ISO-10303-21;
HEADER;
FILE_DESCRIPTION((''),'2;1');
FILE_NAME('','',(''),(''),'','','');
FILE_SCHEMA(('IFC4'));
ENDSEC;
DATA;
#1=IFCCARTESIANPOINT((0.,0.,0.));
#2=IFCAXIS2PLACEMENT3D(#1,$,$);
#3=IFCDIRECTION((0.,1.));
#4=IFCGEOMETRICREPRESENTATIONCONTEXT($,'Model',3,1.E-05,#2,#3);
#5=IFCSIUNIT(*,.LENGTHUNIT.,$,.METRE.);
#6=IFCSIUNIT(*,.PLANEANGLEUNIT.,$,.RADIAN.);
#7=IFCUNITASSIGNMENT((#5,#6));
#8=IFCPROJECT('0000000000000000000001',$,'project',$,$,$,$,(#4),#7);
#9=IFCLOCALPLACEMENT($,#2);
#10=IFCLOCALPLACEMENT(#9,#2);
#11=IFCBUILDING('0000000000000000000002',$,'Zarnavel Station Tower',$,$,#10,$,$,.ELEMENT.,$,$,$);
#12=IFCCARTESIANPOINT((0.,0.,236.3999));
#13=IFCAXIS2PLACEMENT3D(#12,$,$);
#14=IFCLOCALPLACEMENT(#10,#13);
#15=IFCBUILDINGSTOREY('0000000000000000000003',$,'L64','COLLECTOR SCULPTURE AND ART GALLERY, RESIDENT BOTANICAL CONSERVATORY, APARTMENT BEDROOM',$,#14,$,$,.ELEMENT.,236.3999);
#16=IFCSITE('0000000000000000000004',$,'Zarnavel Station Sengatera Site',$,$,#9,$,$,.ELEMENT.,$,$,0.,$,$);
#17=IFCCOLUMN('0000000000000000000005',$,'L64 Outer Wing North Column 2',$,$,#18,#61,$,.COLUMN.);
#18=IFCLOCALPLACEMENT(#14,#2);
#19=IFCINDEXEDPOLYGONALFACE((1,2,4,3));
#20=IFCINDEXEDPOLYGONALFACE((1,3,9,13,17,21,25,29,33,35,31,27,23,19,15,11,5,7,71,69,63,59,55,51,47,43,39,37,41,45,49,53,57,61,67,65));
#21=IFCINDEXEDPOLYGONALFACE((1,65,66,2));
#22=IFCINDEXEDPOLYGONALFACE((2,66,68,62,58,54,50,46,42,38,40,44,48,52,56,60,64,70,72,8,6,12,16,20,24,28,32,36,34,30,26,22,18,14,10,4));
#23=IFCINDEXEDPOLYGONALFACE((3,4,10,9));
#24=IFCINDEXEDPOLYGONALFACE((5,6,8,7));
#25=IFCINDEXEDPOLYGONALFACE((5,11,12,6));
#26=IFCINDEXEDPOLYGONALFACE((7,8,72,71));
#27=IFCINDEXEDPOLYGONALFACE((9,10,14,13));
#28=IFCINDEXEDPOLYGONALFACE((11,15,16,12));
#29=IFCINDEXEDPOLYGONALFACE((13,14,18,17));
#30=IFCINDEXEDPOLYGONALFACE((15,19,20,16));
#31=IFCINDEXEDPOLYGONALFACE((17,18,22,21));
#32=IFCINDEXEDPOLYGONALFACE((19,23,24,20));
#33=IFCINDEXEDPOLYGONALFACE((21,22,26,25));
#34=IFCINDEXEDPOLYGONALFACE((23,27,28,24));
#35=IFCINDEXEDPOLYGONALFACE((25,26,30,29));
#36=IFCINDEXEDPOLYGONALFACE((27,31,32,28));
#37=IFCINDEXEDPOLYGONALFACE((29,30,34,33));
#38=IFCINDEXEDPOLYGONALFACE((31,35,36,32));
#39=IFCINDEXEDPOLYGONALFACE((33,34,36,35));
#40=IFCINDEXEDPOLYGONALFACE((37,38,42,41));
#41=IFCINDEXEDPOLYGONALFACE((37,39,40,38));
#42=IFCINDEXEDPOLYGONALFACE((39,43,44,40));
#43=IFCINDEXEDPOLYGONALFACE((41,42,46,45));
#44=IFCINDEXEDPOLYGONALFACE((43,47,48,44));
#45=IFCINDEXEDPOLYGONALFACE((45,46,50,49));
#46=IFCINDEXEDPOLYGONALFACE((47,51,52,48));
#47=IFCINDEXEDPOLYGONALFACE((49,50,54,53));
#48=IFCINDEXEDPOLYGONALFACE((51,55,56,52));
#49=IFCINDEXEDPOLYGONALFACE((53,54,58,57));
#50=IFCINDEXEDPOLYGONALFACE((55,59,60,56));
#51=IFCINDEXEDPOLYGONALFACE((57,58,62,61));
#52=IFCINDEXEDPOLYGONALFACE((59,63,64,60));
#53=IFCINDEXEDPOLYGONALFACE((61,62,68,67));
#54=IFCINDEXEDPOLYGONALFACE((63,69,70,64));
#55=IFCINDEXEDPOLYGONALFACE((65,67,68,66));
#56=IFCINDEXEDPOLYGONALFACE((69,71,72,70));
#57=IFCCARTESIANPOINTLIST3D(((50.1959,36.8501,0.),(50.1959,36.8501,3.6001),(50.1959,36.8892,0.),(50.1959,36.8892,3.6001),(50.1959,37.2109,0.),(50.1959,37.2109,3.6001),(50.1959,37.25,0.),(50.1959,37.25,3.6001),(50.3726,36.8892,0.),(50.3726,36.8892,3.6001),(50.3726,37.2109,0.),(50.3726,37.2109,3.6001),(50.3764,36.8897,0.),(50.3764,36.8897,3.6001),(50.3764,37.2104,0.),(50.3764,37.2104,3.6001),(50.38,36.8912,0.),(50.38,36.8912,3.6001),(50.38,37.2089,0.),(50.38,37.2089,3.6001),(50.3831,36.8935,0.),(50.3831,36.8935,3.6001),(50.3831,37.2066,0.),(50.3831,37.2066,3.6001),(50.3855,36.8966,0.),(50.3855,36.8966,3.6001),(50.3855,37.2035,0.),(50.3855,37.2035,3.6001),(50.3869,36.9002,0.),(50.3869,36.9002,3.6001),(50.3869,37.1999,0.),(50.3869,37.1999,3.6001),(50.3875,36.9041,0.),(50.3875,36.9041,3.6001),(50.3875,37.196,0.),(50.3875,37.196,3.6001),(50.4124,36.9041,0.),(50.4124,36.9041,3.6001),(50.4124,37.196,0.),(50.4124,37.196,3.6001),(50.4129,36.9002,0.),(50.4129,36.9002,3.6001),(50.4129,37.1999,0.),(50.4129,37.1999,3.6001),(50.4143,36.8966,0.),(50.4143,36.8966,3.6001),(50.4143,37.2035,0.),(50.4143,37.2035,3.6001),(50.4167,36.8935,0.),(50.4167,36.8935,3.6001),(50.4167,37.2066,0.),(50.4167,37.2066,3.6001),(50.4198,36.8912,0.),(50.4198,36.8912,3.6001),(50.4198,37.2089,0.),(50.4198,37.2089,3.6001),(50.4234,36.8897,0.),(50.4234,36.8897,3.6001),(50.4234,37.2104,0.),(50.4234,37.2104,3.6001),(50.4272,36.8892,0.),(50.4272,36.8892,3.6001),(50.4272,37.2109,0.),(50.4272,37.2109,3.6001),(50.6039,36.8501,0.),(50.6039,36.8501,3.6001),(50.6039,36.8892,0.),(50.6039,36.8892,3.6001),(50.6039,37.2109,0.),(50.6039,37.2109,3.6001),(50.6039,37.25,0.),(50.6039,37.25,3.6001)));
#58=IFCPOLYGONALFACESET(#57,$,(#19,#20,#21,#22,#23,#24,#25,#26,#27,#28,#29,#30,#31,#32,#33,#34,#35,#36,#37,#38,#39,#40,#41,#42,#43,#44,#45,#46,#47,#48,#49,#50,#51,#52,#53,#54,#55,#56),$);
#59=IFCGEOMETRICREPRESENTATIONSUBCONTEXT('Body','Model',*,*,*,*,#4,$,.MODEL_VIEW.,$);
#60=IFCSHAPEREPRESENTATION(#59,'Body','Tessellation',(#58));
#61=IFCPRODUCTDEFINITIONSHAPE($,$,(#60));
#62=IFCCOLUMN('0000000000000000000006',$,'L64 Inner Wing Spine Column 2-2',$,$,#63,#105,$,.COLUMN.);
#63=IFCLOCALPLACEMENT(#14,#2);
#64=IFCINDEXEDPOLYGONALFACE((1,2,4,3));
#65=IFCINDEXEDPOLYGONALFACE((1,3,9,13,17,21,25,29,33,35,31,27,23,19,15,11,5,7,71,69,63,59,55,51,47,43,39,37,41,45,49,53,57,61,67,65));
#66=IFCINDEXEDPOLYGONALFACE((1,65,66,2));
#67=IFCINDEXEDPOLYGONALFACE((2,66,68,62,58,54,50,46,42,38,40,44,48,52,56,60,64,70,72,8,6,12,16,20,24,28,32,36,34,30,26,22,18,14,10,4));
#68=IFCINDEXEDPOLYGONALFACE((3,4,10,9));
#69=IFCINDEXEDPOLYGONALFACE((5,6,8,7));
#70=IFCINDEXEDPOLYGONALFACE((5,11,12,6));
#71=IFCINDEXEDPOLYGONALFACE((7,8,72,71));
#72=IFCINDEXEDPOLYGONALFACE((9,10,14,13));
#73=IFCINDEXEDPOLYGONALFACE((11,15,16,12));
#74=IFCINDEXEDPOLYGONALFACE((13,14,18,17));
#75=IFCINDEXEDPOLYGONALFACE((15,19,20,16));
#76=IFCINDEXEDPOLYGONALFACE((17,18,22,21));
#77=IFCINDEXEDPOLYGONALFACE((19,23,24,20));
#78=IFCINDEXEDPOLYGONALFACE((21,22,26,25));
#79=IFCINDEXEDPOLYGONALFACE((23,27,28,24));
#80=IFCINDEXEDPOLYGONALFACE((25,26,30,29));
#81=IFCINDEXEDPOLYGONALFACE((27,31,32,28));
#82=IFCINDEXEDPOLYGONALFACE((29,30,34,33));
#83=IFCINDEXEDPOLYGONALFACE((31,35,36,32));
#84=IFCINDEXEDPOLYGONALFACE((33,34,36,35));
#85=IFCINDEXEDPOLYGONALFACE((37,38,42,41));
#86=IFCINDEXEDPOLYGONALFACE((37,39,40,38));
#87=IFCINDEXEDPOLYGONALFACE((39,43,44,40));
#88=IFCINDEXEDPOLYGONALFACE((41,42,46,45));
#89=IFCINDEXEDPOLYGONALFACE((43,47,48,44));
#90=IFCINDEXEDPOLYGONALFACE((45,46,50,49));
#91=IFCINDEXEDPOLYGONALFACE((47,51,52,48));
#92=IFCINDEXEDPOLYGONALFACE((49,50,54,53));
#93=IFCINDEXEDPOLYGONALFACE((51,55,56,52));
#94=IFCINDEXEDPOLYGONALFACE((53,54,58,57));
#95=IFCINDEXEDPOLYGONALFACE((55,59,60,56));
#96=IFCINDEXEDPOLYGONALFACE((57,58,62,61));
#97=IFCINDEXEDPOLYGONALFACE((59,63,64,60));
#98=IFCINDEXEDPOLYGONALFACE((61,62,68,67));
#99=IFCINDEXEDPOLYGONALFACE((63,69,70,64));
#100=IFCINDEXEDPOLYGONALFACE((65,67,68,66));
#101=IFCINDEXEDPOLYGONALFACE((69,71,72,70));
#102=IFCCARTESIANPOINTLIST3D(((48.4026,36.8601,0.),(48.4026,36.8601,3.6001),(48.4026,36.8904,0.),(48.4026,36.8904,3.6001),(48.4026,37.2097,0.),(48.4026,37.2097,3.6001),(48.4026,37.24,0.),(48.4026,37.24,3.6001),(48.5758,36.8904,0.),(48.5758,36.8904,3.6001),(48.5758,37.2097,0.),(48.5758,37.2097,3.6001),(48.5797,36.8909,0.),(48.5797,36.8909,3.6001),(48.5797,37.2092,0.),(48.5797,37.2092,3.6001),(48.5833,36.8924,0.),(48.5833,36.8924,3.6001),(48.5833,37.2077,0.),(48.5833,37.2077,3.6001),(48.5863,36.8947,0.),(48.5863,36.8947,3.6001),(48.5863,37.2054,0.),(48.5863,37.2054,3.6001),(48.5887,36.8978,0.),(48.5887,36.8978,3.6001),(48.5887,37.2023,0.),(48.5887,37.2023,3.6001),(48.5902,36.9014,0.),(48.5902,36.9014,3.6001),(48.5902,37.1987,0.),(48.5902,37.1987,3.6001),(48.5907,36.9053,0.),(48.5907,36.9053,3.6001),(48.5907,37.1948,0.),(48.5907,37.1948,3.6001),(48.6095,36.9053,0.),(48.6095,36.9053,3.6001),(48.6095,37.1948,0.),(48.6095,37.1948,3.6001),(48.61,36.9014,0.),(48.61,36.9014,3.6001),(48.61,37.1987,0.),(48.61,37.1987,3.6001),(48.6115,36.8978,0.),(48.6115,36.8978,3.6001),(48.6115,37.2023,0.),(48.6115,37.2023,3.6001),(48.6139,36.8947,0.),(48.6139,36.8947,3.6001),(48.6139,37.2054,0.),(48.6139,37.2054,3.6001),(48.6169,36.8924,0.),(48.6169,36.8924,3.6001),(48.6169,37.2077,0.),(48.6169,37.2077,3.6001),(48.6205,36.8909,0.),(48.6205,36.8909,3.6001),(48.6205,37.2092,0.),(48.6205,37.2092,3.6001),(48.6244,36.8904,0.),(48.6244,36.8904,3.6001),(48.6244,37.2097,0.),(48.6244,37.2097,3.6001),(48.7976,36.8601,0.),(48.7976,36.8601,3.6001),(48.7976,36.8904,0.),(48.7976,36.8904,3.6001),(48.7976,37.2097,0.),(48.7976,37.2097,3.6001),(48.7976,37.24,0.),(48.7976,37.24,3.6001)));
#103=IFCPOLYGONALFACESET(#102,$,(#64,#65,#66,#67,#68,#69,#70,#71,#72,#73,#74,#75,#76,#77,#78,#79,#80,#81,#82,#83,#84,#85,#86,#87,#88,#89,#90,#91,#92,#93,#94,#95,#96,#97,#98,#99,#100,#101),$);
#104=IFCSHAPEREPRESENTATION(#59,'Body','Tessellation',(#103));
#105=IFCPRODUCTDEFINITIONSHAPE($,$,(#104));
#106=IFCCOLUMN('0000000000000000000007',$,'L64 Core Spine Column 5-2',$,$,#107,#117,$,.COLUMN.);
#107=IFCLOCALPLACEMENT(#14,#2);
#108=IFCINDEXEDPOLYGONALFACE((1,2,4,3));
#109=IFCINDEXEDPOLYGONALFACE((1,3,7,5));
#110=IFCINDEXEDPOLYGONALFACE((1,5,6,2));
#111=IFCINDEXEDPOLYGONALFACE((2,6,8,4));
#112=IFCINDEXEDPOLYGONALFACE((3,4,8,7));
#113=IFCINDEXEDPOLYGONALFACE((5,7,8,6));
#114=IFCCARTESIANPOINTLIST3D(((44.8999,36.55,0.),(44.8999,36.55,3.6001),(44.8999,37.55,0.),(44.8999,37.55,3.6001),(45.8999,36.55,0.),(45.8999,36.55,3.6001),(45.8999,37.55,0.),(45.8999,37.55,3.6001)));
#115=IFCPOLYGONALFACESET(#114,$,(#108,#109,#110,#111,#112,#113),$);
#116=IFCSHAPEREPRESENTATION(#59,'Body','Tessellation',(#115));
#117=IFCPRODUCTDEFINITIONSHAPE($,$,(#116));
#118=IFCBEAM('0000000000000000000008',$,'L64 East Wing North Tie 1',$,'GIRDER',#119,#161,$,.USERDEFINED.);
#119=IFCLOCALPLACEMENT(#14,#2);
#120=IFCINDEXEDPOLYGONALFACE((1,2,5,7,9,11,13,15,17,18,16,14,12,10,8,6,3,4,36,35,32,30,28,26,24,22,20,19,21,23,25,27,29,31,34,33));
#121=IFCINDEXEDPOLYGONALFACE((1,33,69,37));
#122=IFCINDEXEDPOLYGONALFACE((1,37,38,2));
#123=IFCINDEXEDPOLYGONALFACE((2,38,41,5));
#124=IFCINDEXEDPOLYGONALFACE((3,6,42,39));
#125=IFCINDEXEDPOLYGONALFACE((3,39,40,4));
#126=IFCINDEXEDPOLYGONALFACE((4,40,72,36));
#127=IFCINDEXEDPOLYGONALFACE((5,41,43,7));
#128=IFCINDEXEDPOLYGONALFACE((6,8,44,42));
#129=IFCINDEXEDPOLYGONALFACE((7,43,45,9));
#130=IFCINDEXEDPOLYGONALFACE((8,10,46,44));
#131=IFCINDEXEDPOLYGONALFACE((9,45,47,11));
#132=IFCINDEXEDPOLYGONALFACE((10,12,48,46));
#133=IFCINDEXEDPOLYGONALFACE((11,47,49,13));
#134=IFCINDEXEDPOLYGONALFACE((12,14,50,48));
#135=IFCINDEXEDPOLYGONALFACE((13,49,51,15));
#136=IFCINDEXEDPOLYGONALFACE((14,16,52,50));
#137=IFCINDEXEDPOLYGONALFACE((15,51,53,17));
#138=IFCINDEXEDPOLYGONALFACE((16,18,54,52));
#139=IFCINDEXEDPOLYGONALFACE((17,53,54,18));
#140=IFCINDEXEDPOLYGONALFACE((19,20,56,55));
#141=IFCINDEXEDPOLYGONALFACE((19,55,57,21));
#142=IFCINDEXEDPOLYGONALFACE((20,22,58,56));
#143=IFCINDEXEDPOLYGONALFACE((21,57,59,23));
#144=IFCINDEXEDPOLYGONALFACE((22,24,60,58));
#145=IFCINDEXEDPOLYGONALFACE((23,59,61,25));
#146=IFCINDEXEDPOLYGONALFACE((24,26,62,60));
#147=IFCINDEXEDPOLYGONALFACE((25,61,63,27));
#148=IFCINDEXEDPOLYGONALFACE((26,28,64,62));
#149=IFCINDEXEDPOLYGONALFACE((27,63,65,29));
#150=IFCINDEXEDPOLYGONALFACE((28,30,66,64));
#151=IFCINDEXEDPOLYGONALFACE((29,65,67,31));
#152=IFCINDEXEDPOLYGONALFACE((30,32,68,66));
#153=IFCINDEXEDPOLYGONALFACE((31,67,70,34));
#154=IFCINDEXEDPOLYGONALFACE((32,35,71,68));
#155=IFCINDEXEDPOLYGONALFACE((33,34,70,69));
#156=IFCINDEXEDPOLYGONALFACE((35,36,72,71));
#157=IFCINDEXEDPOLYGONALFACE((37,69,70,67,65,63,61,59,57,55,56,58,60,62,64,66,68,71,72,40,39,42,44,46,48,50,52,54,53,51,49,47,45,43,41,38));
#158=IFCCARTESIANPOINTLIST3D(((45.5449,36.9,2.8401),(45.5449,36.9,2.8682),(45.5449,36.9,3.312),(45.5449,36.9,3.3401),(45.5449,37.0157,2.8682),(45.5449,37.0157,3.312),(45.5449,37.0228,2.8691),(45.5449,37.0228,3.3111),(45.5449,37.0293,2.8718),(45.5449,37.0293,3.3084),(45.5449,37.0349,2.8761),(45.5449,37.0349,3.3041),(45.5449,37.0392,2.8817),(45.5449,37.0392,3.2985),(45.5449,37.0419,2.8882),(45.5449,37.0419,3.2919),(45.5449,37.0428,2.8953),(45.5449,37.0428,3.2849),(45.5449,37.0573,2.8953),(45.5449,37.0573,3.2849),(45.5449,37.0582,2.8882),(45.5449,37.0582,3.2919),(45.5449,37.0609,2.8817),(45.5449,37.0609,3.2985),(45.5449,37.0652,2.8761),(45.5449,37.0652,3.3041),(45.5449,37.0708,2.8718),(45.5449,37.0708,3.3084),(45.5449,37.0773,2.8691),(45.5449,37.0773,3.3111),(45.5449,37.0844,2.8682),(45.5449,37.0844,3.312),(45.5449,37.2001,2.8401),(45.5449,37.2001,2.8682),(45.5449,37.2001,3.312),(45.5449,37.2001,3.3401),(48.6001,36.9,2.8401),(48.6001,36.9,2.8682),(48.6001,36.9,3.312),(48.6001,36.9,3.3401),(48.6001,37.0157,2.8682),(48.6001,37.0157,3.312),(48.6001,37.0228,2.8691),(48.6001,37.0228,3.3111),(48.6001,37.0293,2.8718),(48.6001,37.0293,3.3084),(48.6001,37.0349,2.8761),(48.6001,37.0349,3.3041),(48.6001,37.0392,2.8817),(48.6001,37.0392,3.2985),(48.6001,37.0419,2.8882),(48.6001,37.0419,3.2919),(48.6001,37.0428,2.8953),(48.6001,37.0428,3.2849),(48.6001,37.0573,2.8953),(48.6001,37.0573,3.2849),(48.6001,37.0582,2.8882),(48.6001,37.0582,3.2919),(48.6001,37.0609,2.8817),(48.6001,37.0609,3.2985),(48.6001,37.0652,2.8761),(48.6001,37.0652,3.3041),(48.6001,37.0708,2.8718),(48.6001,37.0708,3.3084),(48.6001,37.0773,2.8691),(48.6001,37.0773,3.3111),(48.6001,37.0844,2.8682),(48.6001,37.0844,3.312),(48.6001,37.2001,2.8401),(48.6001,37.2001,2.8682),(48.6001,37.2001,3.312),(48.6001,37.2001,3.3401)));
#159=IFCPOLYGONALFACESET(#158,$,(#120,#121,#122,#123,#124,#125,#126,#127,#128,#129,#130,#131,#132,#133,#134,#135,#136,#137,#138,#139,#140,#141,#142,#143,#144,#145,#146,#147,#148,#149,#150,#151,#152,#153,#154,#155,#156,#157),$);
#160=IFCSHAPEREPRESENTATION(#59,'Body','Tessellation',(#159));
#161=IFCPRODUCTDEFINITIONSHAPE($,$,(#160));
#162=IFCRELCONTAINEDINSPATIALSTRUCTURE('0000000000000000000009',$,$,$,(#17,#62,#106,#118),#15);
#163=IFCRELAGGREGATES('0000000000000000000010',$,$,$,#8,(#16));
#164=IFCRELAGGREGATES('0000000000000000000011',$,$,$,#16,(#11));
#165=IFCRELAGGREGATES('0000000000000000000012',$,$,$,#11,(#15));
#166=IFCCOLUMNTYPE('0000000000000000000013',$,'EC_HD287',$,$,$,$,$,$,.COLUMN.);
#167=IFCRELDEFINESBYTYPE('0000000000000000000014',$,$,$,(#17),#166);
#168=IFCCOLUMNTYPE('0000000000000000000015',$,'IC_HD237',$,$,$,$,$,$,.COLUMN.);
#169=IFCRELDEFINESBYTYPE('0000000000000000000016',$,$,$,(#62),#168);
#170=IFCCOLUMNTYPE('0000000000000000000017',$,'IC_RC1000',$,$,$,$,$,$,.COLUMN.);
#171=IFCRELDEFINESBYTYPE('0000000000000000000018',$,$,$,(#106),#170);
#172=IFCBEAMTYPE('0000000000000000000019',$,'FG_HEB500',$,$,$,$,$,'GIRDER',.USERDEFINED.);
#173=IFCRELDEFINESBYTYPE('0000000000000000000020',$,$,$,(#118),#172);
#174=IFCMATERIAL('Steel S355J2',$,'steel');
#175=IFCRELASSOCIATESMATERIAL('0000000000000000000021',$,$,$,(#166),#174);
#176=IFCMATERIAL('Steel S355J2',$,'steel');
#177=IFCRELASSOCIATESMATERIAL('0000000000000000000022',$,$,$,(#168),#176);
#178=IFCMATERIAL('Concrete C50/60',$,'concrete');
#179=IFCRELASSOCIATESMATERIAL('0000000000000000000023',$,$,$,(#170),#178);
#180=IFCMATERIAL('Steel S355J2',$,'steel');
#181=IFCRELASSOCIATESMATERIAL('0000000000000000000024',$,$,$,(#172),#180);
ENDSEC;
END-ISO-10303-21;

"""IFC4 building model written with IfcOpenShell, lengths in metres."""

from ifc_helpers import new_model, si_unit, direction, frame, origin, origin_2d, place, context, subcontext, project, spatial, rectangle, i_section, extrude, material, material_profile, profile_set, type_object, element, save


model = new_model("IFC4")

# Units and contexts
model_context = context("Model", 3, precision=1e-05, world=origin(), true_north=direction((0.0, 1.0)))
body_context = subcontext(model_context, "Body", "Model", "MODEL_VIEW")
ifc_project = project(units=[si_unit("LENGTHUNIT", "METRE"), si_unit("PLANEANGLEUNIT", "RADIAN")], contexts=[model_context])

# Site, building, storey
site_placement = place(None, origin())
site = spatial("IfcSite", under=ifc_project, at=site_placement, Name="Zarnavel Station Sengatera Site", CompositionType="ELEMENT", RefElevation=0.0)
building_placement = place(site_placement, origin())
building = spatial("IfcBuilding", under=site, at=building_placement, Name="Zarnavel Station Tower", CompositionType="ELEMENT")
storey_placement = place(building_placement, frame((0.0, 0.0, 236.3999)))
storey = spatial("IfcBuildingStorey", under=building, at=storey_placement, Name="L64", Description="COLLECTOR SCULPTURE AND ART GALLERY, RESIDENT BOTANICAL CONSERVATORY, APARTMENT BEDROOM", CompositionType="ELEMENT", Elevation=236.3999)

# Columns
ifc_material_1 = material(Name="Steel S355J2", Category="steel")
ifc_material_profile_1 = material_profile(ifc_material_1, i_section(OverallWidth=0.408, OverallDepth=0.3999, WebThickness=0.0249, FlangeThickness=0.0391, FilletRadius=0.0149, at=origin_2d()), Name="HD400x287")
ifc_profile_set_1 = profile_set([ifc_material_profile_1], Name="Steel S355J2")
column_type_1 = type_object("IfcColumnType", Name="EC_HD287", PredefinedType="COLUMN", material=ifc_profile_set_1)
column_1_placement = place(storey_placement, frame((50.3999, 37.05, 0.0), z_axis=(0.0, 0.0, 1.0), x_axis=(1.0, 0.0, 0.0)))
element("IfcColumn", 1, at=column_1_placement, inside=storey, type_object=column_type_1, Name="L64 Outer Wing North Column 2", PredefinedType="COLUMN", context=body_context, shape_type="SweptSolid", body=[
    extrude(i_section(OverallWidth=0.408, OverallDepth=0.3999, WebThickness=0.0249, FlangeThickness=0.0391, FilletRadius=0.0149, at=origin_2d()), origin(), (0.0, 0.0, 1.0), 3.6001),
])
ifc_material_2 = material(Name="Steel S355J2", Category="steel")
ifc_material_profile_2 = material_profile(ifc_material_2, i_section(OverallWidth=0.395, OverallDepth=0.3799, WebThickness=0.0188, FlangeThickness=0.0303, FilletRadius=0.0149, at=origin_2d()), Name="HD400x237")
ifc_profile_set_2 = profile_set([ifc_material_profile_2], Name="Steel S355J2")
column_type_2 = type_object("IfcColumnType", Name="IC_HD237", PredefinedType="COLUMN", material=ifc_profile_set_2)
column_2_placement = place(storey_placement, frame((48.6001, 37.05, 0.0), z_axis=(0.0, 0.0, 1.0), x_axis=(1.0, 0.0, 0.0)))
element("IfcColumn", 2, at=column_2_placement, inside=storey, type_object=column_type_2, Name="L64 Inner Wing Spine Column 2-2", PredefinedType="COLUMN", context=body_context, shape_type="SweptSolid", body=[
    extrude(i_section(OverallWidth=0.395, OverallDepth=0.3799, WebThickness=0.0188, FlangeThickness=0.0303, FilletRadius=0.0149, at=origin_2d()), origin(), (0.0, 0.0, 1.0), 3.6001),
])
ifc_material_3 = material(Name="Concrete C50/60", Category="concrete")
ifc_material_profile_3 = material_profile(ifc_material_3, rectangle(XDim=1.0, YDim=1.0, at=origin_2d()), Name="RC1000x1000")
ifc_profile_set_3 = profile_set([ifc_material_profile_3], Name="Concrete C50/60")
column_type_3 = type_object("IfcColumnType", Name="IC_RC1000", PredefinedType="COLUMN", material=ifc_profile_set_3)
column_3_placement = place(storey_placement, frame((45.3999, 37.05, 0.0), z_axis=(0.0, 0.0, 1.0), x_axis=(1.0, 0.0, 0.0)))
element("IfcColumn", 3, at=column_3_placement, inside=storey, type_object=column_type_3, Name="L64 Core Spine Column 5-2", PredefinedType="COLUMN", context=body_context, shape_type="SweptSolid", body=[
    extrude(rectangle(XDim=1.0, YDim=1.0, at=origin_2d()), origin(), (0.0, 0.0, 1.0), 3.6001),
])

# Beam
ifc_material_4 = material(Name="Steel S355J2", Category="steel")
ifc_material_profile_4 = material_profile(ifc_material_4, i_section(OverallWidth=0.3, OverallDepth=0.5, WebThickness=0.0144, FlangeThickness=0.0281, FilletRadius=0.0271, at=origin_2d()), Name="HEB500")
ifc_profile_set_4 = profile_set([ifc_material_profile_4], Name="Steel S355J2")
beam_type = type_object("IfcBeamType", Name="FG_HEB500", ElementType="GIRDER", PredefinedType="USERDEFINED", material=ifc_profile_set_4)
beam_1_placement = place(storey_placement, frame((45.5449, 37.05, 3.0901), z_axis=(1.0, 0.0, 0.0), x_axis=(0.0, 1.0, 0.0)))
element("IfcBeam", 4, at=beam_1_placement, inside=storey, type_object=beam_type, Name="L64 East Wing North Tie 1", ObjectType="GIRDER", PredefinedType="USERDEFINED", context=body_context, shape_type="SweptSolid", body=[
    extrude(i_section(OverallWidth=0.3, OverallDepth=0.5, WebThickness=0.0144, FlangeThickness=0.0281, FilletRadius=0.0271, at=origin_2d()), origin(), (0.0, 0.0, 1.0), 3.0552),
])

save(model, "model.ifc")
